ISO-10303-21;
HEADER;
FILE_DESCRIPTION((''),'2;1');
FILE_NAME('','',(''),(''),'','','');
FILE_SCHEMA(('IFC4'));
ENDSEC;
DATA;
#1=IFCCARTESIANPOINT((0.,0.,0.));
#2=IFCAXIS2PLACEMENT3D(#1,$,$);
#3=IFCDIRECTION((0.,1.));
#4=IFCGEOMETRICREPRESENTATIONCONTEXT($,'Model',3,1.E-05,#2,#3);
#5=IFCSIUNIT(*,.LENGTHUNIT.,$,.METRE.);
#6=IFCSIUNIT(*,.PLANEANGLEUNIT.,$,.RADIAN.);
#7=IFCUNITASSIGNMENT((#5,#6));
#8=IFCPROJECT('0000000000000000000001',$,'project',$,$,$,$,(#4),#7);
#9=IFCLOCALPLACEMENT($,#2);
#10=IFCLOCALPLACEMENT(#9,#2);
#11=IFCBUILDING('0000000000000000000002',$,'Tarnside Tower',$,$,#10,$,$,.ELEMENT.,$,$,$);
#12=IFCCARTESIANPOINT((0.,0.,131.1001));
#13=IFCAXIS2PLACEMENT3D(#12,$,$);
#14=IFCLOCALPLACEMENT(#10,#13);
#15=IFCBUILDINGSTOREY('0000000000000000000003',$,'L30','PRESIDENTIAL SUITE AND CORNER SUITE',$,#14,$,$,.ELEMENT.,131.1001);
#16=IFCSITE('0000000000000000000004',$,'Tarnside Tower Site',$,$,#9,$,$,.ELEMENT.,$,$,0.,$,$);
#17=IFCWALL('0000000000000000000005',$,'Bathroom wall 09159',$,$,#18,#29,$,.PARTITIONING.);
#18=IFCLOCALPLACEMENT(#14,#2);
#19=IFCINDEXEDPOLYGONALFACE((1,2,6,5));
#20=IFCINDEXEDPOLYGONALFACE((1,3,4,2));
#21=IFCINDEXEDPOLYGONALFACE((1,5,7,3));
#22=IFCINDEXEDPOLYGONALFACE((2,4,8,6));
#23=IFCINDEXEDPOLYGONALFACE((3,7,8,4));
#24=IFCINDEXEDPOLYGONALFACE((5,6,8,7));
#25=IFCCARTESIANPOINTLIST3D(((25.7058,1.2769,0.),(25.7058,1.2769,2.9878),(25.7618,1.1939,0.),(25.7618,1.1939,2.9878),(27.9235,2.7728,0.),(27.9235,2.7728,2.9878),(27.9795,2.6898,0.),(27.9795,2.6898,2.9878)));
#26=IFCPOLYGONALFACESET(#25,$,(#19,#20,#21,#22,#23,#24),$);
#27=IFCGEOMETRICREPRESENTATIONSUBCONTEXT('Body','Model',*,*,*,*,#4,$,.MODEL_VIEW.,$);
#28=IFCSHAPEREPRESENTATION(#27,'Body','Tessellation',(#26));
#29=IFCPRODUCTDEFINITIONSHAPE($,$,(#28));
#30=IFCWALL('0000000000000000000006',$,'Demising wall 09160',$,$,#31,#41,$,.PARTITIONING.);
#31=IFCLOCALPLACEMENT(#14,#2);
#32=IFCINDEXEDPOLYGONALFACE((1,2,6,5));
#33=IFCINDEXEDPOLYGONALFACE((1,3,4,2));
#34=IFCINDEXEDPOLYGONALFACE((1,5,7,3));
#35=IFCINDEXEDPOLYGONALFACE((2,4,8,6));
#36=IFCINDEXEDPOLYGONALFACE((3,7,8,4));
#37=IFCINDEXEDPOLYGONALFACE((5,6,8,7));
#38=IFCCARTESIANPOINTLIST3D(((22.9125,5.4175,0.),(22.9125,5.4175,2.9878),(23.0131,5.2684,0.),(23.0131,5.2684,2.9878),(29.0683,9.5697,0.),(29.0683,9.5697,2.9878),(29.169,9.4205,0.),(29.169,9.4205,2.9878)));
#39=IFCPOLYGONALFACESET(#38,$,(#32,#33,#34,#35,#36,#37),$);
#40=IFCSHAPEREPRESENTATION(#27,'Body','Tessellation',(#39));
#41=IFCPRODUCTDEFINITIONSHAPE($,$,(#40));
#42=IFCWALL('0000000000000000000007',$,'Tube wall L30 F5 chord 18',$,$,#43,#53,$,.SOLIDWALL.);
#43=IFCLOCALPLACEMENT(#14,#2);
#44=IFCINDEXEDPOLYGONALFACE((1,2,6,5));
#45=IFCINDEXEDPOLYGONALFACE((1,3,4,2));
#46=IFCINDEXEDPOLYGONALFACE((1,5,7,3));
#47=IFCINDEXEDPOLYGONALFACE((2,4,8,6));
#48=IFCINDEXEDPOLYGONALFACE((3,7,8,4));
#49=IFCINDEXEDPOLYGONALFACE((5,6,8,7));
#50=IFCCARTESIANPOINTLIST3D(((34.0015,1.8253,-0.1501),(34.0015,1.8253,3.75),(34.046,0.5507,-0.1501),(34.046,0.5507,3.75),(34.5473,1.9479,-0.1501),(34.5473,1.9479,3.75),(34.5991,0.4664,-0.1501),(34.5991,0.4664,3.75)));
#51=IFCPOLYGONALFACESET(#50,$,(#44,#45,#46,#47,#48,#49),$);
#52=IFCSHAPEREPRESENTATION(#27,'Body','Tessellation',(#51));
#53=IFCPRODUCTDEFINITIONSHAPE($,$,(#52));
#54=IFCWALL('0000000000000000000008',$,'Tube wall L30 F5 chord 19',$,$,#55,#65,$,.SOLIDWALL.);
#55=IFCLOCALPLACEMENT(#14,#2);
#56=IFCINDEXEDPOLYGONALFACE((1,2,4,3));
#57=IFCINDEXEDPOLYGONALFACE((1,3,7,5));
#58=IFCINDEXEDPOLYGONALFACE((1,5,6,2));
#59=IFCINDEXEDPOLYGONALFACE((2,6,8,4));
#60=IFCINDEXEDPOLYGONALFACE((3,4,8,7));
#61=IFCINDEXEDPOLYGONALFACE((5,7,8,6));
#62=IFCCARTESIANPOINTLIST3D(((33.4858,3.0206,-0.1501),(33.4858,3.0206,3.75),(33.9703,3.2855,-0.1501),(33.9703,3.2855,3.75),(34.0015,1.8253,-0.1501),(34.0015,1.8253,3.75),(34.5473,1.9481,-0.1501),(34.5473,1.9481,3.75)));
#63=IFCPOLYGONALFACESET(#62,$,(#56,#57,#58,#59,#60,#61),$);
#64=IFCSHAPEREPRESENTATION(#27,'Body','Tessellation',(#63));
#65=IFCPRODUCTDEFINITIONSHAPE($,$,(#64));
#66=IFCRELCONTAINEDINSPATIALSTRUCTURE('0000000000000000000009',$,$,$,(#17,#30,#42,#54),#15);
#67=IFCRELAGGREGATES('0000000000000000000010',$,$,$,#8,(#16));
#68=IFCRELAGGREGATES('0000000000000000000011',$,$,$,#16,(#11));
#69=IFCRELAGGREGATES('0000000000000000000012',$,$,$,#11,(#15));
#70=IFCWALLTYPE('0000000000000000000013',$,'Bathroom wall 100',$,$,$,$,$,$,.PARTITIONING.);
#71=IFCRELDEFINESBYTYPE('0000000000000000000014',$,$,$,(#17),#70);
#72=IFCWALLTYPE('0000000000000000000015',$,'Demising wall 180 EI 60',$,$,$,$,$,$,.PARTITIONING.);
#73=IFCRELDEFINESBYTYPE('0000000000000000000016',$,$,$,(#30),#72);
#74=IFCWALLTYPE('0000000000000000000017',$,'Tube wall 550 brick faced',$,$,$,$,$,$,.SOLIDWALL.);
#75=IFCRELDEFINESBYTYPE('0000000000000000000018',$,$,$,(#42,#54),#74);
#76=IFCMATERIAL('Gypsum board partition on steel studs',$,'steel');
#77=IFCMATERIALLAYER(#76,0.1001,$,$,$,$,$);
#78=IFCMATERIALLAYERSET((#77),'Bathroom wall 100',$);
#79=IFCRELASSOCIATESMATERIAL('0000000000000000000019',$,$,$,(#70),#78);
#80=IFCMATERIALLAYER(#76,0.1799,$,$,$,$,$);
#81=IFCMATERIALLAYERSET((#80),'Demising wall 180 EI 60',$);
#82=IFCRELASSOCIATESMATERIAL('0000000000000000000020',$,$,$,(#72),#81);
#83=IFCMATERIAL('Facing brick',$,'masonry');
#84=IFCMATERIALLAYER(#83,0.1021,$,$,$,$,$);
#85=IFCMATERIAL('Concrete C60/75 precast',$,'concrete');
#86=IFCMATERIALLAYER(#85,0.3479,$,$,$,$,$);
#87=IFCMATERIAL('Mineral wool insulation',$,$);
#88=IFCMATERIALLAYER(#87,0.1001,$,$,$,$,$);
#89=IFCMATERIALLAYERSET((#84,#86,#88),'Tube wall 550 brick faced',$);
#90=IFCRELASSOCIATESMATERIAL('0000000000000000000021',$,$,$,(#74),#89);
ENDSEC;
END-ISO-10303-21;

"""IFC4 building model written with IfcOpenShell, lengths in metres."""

from ifc_helpers import new_model, si_unit, direction, frame, frame_2d, origin, place, context, subcontext, project, spatial, polyline, rectangle, outline, extrude, material, layer, layer_set, type_object, element, save


model = new_model("IFC4")

# Units and contexts
model_context = context("Model", 3, precision=1e-05, world=origin(), true_north=direction((0.0, 1.0)))
body_context = subcontext(model_context, "Body", "Model", "MODEL_VIEW")
ifc_project = project(units=[si_unit("LENGTHUNIT", "METRE"), si_unit("PLANEANGLEUNIT", "RADIAN")], contexts=[model_context])

# Site, building, storey
site_placement = place(None, origin())
site = spatial("IfcSite", under=ifc_project, at=site_placement, Name="Tarnside Tower Site", CompositionType="ELEMENT", RefElevation=0.0)
building_placement = place(site_placement, origin())
building = spatial("IfcBuilding", under=site, at=building_placement, Name="Tarnside Tower", CompositionType="ELEMENT")
storey_placement = place(building_placement, frame((0.0, 0.0, 131.1001)))
storey = spatial("IfcBuildingStorey", under=building, at=storey_placement, Name="L30", Description="PRESIDENTIAL SUITE AND CORNER SUITE", CompositionType="ELEMENT", Elevation=131.1001)

# Walls
ifc_material_1 = material(Name="Gypsum board partition on steel studs", Category="steel")
ifc_layer_1 = layer(ifc_material_1, 0.1001)
ifc_layer_set_1 = layer_set([ifc_layer_1], Name="Bathroom wall 100")
wall_type_1 = type_object("IfcWallType", Name="Bathroom wall 100", PredefinedType="PARTITIONING", material=ifc_layer_set_1)
wall_1_placement = place(storey_placement, frame((27.9514, 2.7312, 0.0), z_axis=(0.0, 0.0, 1.0), x_axis=(-0.829048, -0.559178, 0.0)))
element("IfcWall", 1, at=wall_1_placement, inside=storey, type_object=wall_type_1, Name="Bathroom wall 09159", PredefinedType="PARTITIONING", context=body_context, shape_type="SweptSolid", body=[
    extrude(rectangle(XDim=2.675, YDim=0.1001, at=frame_2d((1.3374, 0.0))), origin(), (0.0, 0.0, 1.0), 2.9878),
])
ifc_layer_2 = layer(ifc_material_1, 0.1799)
ifc_layer_set_2 = layer_set([ifc_layer_2], Name="Demising wall 180 EI 60")
wall_type_2 = type_object("IfcWallType", Name="Demising wall 180 EI 60", PredefinedType="PARTITIONING", material=ifc_layer_set_2)
wall_2_placement = place(storey_placement, frame((29.1187, 9.4951, 0.0), z_axis=(0.0, 0.0, 1.0), x_axis=(-0.829038, -0.559192, 0.0)))
element("IfcWall", 2, at=wall_2_placement, inside=storey, type_object=wall_type_2, Name="Demising wall 09160", PredefinedType="PARTITIONING", context=body_context, shape_type="SweptSolid", body=[
    extrude(rectangle(XDim=7.4253, YDim=0.1799, at=frame_2d((3.7126, 0.0))), origin(), (0.0, 0.0, 1.0), 2.9878),
])
ifc_material_2 = material(Name="Facing brick", Category="masonry")
ifc_layer_3 = layer(ifc_material_2, 0.1021)
ifc_material_3 = material(Name="Concrete C60/75 precast", Category="concrete")
ifc_layer_4 = layer(ifc_material_3, 0.3479)
ifc_material_4 = material(Name="Mineral wool insulation")
ifc_layer_5 = layer(ifc_material_4, 0.1001)
ifc_layer_set_3 = layer_set([ifc_layer_3, ifc_layer_4, ifc_layer_5], Name="Tube wall 550 brick faced")
wall_type_3 = type_object("IfcWallType", Name="Tube wall 550 brick faced", PredefinedType="SOLIDWALL", material=ifc_layer_set_3)
wall_3_placement = place(storey_placement, frame((34.3225, 0.5085, -0.1501), z_axis=(0.0, 0.0, 1.0), x_axis=(-0.034877, 0.999392, 0.0)))
element("IfcWall", 3, at=wall_3_placement, inside=storey, type_object=wall_type_3, Name="Tube wall L30 F5 chord 18", PredefinedType="SOLIDWALL", context=body_context, shape_type="SweptSolid", body=[
    extrude(outline(polyline([(-0.0518, -0.2749), (1.4307, -0.2749), (1.3271, 0.2749), (0.0518, 0.2749), (-0.0518, -0.2749)])), origin(), (0.0, 0.0, 1.0), 3.9001),
])
wall_4_placement = place(storey_placement, frame((34.2744, 1.8867, -0.1501), z_axis=(0.0, 0.0, 1.0), x_axis=(-0.396161, 0.918181, 0.0)))
element("IfcWall", 4, at=wall_4_placement, inside=storey, type_object=wall_type_3, Name="Tube wall L30 F5 chord 19", PredefinedType="SOLIDWALL", context=body_context, shape_type="SweptSolid", body=[
    extrude(outline(polyline([(-0.0518, -0.2749), (1.4048, -0.2749), (1.3535, 0.2749), (0.0518, 0.2749), (-0.0518, -0.2749)])), origin(), (0.0, 0.0, 1.0), 3.9001),
])

save(model, "model.ifc")
